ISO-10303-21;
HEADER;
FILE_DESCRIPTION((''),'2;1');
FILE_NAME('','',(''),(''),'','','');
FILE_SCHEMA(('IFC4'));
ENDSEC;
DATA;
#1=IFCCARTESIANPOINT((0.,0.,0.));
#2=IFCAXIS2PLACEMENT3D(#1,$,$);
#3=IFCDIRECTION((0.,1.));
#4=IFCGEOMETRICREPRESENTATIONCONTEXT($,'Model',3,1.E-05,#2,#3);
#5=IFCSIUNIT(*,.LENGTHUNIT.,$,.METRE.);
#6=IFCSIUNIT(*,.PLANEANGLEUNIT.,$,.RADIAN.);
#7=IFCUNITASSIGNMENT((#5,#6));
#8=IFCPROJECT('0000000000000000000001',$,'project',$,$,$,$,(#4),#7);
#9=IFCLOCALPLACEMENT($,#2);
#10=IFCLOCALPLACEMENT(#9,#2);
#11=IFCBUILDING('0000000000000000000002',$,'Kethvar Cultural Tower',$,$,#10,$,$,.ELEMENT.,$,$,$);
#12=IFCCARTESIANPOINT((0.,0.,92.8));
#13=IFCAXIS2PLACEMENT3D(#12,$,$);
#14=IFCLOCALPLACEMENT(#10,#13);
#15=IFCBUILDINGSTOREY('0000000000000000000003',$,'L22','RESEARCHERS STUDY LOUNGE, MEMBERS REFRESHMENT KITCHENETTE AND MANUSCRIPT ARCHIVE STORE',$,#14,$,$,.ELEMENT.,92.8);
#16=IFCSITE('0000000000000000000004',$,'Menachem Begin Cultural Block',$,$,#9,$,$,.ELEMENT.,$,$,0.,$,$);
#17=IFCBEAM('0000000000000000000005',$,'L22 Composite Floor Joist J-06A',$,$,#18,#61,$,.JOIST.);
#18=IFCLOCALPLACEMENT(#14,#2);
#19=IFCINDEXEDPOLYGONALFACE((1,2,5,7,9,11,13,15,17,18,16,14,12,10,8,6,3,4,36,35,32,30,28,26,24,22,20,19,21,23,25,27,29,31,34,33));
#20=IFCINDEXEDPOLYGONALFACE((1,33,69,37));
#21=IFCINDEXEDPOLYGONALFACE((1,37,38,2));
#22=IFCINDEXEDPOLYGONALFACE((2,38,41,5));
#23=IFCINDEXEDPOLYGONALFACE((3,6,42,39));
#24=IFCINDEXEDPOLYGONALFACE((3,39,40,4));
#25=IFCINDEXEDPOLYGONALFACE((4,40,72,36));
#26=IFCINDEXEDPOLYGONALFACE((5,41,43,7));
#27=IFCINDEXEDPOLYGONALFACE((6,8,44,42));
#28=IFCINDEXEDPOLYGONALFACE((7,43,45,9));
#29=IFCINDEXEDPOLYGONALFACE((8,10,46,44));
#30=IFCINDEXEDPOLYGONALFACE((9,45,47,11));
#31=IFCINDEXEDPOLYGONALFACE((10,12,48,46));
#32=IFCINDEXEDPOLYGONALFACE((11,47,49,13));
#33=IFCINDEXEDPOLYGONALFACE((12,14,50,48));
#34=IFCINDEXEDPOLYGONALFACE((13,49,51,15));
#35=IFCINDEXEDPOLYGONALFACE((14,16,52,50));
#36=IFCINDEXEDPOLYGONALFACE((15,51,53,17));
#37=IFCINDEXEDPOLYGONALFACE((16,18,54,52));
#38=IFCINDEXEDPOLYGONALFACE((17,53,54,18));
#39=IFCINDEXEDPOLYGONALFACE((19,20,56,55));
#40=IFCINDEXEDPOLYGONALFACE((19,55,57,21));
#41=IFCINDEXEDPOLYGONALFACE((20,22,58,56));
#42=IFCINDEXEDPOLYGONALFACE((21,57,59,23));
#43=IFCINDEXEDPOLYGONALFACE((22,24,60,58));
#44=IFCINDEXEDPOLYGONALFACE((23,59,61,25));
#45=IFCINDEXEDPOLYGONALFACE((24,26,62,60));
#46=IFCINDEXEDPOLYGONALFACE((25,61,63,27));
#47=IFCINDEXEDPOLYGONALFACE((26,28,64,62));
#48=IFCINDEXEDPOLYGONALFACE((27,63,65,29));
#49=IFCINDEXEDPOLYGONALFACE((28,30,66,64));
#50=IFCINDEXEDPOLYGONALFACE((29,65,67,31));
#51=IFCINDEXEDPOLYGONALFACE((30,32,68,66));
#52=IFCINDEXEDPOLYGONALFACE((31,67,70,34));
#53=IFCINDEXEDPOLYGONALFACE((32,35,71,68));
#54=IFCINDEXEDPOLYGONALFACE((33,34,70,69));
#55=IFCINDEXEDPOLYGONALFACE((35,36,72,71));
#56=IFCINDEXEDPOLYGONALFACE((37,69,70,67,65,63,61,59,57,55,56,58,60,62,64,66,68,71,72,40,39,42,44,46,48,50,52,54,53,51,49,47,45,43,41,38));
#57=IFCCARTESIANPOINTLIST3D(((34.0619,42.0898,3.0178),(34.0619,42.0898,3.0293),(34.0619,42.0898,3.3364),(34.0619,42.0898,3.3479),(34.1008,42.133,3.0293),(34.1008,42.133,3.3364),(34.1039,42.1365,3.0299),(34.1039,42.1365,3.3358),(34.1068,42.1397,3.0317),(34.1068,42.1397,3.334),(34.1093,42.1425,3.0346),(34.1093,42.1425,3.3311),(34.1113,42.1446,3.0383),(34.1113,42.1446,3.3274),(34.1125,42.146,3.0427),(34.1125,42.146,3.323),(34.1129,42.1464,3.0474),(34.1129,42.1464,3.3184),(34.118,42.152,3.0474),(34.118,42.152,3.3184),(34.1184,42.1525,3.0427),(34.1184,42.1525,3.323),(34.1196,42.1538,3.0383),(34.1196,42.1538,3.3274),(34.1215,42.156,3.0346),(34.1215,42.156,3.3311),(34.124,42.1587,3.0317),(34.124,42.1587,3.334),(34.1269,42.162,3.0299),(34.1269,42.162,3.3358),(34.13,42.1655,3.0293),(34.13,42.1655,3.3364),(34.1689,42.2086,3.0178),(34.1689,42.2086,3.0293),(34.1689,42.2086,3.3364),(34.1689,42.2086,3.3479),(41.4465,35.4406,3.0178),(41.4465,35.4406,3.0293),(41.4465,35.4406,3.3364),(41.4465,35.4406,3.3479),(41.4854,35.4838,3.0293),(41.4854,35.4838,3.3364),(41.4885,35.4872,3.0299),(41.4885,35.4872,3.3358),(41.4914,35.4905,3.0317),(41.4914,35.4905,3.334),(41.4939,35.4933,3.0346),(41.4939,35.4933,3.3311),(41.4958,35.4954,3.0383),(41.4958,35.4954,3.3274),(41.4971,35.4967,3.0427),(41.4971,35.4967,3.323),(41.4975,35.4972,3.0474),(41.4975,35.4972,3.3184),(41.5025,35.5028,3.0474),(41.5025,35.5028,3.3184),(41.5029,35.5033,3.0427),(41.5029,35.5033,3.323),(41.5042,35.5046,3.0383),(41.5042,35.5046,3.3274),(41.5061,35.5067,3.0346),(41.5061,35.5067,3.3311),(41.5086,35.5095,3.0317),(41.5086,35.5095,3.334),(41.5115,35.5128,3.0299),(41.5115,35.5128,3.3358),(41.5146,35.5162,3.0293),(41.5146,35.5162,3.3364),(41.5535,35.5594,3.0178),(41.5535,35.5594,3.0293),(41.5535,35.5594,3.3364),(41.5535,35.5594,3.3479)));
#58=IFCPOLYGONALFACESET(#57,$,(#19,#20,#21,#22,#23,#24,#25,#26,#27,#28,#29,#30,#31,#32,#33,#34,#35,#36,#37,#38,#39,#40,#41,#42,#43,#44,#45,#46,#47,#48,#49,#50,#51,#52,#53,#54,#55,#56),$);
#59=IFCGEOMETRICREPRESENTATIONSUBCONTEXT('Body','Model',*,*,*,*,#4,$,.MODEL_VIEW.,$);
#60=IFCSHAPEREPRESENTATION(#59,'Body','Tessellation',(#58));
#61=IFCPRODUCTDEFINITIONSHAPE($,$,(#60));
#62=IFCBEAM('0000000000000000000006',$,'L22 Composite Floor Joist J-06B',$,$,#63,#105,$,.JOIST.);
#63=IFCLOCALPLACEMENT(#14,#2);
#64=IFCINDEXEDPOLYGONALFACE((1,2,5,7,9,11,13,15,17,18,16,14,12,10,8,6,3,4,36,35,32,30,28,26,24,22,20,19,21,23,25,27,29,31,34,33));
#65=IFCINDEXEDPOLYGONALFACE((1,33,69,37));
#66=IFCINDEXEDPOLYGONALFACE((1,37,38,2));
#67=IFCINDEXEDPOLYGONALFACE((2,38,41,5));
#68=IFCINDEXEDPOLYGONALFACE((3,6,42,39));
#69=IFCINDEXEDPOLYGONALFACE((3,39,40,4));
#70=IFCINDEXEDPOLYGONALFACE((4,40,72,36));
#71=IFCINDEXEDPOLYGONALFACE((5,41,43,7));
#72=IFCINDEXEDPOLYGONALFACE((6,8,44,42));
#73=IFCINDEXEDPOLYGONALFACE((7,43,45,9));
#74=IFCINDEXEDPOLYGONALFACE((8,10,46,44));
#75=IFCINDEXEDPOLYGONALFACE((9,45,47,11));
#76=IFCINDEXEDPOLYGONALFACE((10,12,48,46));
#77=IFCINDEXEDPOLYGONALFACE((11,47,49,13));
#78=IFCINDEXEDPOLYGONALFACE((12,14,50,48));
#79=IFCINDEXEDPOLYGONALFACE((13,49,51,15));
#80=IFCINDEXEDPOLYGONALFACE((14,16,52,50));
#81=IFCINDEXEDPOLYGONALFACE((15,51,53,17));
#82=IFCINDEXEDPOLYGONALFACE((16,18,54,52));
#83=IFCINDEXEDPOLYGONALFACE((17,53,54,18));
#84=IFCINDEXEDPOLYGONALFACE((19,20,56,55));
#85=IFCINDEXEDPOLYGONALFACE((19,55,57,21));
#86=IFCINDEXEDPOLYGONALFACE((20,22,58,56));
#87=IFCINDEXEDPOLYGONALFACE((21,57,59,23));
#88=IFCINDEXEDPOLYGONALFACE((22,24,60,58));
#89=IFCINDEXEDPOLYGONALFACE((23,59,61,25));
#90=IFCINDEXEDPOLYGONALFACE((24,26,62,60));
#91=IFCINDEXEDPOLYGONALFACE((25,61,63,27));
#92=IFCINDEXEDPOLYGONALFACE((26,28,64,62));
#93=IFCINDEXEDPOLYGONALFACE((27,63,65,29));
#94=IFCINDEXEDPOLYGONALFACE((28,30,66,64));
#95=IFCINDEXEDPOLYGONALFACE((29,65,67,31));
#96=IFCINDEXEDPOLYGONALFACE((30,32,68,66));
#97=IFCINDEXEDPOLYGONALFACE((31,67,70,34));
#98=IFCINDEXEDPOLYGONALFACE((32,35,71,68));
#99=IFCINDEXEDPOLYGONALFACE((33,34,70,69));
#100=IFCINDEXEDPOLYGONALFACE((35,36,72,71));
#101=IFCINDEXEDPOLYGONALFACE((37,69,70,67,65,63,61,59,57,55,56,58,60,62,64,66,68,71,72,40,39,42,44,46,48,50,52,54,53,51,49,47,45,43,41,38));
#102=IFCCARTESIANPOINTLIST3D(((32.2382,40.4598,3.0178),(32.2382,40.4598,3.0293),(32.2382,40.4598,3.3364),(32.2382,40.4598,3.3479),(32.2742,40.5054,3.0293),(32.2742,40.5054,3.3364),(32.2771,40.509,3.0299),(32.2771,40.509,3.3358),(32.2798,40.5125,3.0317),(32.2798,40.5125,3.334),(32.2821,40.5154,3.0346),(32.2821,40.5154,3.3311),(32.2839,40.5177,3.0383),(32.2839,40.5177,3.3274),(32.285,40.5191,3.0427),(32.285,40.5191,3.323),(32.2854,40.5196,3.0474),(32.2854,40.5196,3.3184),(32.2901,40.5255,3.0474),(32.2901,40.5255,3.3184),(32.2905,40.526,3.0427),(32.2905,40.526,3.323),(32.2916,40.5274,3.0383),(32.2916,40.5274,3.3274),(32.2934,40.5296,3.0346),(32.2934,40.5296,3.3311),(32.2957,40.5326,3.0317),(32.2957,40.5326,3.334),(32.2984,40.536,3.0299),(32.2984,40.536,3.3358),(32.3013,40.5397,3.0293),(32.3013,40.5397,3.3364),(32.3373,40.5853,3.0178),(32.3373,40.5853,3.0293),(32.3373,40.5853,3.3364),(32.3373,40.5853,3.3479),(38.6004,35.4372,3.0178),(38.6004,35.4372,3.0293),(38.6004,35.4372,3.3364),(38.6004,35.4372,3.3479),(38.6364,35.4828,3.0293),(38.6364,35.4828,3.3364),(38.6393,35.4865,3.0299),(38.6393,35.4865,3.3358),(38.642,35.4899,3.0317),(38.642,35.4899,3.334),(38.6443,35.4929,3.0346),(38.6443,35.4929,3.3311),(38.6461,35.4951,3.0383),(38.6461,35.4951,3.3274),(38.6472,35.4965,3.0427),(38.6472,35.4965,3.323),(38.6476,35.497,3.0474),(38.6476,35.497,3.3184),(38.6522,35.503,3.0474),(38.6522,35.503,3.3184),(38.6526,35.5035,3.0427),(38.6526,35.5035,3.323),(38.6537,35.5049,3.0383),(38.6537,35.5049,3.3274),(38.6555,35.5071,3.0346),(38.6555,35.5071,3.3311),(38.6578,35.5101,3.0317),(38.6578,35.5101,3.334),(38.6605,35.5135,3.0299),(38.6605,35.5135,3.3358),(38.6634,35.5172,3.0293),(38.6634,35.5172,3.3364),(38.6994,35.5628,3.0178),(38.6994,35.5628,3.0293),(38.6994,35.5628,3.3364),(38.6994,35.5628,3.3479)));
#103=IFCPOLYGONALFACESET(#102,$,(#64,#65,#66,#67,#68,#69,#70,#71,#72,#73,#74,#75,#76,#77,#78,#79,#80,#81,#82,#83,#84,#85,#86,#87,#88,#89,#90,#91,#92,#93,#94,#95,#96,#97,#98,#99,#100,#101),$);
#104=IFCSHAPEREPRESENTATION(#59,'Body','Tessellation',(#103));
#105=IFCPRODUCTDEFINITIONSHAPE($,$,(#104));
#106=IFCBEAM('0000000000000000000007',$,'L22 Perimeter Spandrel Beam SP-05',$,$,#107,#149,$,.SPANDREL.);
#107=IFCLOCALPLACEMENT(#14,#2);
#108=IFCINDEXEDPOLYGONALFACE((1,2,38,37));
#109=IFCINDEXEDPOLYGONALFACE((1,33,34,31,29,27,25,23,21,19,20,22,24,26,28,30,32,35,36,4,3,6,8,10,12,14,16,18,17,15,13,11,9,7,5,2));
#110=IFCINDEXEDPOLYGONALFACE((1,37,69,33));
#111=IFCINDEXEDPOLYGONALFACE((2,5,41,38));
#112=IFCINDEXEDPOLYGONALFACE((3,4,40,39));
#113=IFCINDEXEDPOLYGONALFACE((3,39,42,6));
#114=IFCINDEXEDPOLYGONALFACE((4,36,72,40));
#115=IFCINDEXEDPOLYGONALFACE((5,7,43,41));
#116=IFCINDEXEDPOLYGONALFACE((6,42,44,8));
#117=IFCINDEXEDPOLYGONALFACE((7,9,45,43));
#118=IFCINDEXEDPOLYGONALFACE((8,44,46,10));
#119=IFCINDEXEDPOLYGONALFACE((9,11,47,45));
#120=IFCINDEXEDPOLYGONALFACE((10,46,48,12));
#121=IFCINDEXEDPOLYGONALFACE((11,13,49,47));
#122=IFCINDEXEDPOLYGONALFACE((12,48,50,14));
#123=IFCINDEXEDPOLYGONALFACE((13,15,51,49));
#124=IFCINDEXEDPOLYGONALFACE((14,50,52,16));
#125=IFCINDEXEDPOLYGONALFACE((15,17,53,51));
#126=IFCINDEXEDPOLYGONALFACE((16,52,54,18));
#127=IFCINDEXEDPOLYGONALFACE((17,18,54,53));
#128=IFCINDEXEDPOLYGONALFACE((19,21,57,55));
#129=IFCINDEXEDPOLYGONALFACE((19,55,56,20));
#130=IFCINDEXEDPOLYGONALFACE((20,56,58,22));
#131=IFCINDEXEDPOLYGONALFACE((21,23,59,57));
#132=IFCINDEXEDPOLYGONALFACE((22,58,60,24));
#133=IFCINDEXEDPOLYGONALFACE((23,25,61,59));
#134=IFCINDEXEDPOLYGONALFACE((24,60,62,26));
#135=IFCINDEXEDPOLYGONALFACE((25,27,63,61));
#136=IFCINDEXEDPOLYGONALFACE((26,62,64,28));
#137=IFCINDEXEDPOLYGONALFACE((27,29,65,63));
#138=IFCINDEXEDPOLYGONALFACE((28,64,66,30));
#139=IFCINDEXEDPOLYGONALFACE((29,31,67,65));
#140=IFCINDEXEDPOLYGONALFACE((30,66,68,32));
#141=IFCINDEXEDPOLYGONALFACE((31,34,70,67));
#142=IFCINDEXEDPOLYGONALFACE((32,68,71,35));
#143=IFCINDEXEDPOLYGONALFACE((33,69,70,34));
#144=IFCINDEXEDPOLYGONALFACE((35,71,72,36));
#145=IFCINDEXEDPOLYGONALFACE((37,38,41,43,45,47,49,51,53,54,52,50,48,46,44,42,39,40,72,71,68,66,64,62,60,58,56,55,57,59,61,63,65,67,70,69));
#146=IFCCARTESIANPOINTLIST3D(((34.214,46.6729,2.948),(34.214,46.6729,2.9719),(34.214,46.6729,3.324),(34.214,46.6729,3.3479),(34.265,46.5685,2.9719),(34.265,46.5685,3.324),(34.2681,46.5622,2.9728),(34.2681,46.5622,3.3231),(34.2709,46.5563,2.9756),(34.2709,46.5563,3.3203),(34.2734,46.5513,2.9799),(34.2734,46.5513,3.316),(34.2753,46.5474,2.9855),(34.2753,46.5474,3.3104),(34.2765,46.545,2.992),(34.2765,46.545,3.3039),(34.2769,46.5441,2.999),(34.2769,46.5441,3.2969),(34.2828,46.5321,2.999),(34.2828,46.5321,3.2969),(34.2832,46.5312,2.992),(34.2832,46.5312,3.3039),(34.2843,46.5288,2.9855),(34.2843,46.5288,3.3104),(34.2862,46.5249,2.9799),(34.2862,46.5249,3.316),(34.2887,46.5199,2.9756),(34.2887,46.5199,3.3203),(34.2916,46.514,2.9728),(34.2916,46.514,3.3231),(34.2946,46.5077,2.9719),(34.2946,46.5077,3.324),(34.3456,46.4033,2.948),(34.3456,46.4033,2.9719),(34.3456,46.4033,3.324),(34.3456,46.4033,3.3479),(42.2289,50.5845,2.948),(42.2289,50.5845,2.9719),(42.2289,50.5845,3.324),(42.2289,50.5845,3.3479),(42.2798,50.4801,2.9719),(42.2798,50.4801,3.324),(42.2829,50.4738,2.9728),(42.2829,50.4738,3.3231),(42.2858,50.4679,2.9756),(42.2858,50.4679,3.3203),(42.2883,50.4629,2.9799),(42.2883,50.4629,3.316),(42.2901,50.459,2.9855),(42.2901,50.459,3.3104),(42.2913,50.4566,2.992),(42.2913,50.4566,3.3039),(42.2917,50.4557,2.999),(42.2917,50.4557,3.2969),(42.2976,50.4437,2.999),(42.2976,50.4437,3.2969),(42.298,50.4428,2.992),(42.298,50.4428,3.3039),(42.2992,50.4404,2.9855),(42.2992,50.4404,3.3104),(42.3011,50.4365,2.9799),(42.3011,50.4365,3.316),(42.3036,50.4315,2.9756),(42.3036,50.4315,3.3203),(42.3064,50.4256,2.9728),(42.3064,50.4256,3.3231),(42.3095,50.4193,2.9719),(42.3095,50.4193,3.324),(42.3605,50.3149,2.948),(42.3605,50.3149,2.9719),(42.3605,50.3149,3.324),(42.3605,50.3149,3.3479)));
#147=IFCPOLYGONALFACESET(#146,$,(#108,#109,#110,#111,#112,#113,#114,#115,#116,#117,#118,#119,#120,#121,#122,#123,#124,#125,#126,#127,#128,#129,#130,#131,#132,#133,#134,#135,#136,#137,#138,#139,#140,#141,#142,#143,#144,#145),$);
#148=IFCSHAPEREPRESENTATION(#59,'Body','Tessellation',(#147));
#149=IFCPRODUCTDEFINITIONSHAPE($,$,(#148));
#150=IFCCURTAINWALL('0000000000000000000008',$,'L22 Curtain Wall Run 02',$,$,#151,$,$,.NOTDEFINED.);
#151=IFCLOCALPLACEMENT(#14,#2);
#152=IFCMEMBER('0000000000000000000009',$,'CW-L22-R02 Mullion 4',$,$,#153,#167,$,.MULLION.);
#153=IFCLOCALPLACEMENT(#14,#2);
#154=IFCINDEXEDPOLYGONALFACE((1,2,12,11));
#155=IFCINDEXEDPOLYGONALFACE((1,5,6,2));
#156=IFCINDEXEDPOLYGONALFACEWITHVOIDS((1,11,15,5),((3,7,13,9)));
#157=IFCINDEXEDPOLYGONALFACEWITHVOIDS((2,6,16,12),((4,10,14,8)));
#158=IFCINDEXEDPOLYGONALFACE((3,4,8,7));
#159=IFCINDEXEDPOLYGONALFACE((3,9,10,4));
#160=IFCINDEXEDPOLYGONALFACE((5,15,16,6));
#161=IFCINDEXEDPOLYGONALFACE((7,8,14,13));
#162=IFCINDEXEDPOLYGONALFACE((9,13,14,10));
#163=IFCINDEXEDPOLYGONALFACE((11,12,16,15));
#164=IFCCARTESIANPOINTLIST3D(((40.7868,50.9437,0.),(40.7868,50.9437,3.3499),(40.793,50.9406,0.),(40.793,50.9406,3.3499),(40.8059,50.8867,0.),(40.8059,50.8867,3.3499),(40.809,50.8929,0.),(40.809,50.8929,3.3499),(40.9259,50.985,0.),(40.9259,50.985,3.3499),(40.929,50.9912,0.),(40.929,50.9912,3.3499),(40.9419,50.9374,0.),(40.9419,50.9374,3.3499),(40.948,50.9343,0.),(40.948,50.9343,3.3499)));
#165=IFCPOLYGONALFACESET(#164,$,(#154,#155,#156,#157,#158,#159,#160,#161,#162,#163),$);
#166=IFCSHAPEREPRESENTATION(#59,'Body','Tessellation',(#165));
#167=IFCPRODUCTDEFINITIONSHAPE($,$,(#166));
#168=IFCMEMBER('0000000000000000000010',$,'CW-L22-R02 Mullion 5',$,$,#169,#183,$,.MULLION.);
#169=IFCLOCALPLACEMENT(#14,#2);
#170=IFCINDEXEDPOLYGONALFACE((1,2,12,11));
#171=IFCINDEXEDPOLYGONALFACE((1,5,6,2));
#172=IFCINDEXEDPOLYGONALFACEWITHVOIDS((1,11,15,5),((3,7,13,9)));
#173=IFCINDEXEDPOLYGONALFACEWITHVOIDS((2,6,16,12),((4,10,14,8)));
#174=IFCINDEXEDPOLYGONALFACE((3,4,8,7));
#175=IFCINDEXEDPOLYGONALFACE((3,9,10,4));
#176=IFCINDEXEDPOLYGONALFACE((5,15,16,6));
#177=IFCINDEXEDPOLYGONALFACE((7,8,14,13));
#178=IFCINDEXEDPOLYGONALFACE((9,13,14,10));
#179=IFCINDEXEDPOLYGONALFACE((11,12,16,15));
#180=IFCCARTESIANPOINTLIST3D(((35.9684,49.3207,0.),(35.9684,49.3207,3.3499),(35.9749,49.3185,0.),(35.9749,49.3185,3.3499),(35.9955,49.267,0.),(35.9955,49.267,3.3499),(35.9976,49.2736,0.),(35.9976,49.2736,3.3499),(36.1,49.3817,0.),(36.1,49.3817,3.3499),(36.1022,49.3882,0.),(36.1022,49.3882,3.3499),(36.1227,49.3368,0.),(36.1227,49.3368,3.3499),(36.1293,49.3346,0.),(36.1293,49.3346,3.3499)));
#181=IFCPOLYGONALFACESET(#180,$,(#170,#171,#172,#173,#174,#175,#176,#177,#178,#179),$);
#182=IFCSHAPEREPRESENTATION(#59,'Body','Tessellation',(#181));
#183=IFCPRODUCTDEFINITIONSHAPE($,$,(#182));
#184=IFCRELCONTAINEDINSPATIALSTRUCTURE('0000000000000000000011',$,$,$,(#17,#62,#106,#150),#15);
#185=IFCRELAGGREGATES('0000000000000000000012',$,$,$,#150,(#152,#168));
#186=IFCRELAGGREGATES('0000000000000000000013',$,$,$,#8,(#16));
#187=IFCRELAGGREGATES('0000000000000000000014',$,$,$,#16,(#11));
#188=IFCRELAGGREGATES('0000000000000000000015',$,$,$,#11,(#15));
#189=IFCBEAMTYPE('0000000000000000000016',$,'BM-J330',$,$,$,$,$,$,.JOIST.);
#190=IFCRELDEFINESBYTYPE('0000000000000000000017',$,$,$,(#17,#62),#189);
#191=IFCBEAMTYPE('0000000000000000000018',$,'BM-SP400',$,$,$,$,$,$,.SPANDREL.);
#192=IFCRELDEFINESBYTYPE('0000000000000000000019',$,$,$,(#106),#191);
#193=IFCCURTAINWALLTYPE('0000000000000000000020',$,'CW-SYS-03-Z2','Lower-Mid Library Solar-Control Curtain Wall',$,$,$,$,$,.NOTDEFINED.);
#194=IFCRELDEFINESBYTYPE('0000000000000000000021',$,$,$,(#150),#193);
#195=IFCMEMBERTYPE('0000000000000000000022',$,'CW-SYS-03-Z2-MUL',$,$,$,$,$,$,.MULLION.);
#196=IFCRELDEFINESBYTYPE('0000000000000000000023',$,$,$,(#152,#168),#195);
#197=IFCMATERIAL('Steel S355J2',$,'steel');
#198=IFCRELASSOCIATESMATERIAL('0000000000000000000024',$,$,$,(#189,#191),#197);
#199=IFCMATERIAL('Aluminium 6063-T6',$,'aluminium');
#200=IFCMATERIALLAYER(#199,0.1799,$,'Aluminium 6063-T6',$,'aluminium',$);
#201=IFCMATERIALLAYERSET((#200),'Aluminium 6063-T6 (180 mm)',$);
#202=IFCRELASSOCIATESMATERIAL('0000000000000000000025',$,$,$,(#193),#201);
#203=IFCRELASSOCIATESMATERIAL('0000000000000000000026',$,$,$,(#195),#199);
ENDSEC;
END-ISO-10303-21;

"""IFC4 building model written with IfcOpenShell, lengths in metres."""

from ifc_helpers import new_model, si_unit, direction, frame, origin, origin_2d, place, context, subcontext, project, spatial, hollow_rectangle, i_section, extrude, source, transform, mapped, material, layer, layer_set, material_profile, profile_set, type_object, element, aggregate, save


model = new_model("IFC4")

# Units and contexts
model_context = context("Model", 3, precision=1e-05, world=origin(), true_north=direction((0.0, 1.0)))
body_context = subcontext(model_context, "Body", "Model", "MODEL_VIEW")
ifc_project = project(units=[si_unit("LENGTHUNIT", "METRE"), si_unit("PLANEANGLEUNIT", "RADIAN")], contexts=[model_context])

# Site, building, storey
site_placement = place(None, origin())
site = spatial("IfcSite", under=ifc_project, at=site_placement, Name="Menachem Begin Cultural Block", CompositionType="ELEMENT", RefElevation=0.0)
building_placement = place(site_placement, origin())
building = spatial("IfcBuilding", under=site, at=building_placement, Name="Kethvar Cultural Tower", CompositionType="ELEMENT")
storey_placement = place(building_placement, frame((0.0, 0.0, 92.8)))
storey = spatial("IfcBuildingStorey", under=building, at=storey_placement, Name="L22", Description="RESEARCHERS STUDY LOUNGE, MEMBERS REFRESHMENT KITCHENETTE AND MANUSCRIPT ARCHIVE STORE", CompositionType="ELEMENT", Elevation=92.8)

# Beams
ifc_material_1 = material(Name="Steel S355J2", Category="steel")
ifc_material_profile_1 = material_profile(ifc_material_1, i_section(OverallWidth=0.1599, OverallDepth=0.3301, WebThickness=0.0076, FlangeThickness=0.0115, FilletRadius=0.0181, at=origin_2d()), Name="Steel S355J2 — IPE330")
ifc_profile_set_1 = profile_set([ifc_material_profile_1], Name="Steel S355J2 — IPE330")
beam_type_1 = type_object("IfcBeamType", Name="BM-J330", PredefinedType="JOIST", material=ifc_profile_set_1)
shared_shape_1 = source(origin(), body_context, "Body", "SweptSolid", [
    extrude(i_section(OverallWidth=0.1599, OverallDepth=0.3301, WebThickness=0.0076, FlangeThickness=0.0115, FilletRadius=0.0181, at=origin_2d()), origin(), (0.0, 0.0, 1.0), 9.937),
])
beam_1_placement = place(storey_placement, frame((41.5, 35.5, 3.1829), z_axis=(-0.743139, 0.669137, 0.0), x_axis=(-0.669137, -0.743139, 0.0)))
element("IfcBeam", 1, at=beam_1_placement, inside=storey, type_object=beam_type_1, Name="L22 Composite Floor Joist J-06A", PredefinedType="JOIST", context=body_context, shape_type="MappedRepresentation", body=[
    mapped(shared_shape_1, transform((0.0, 0.0, 0.0), scale=1.0)),
])
shared_shape_2 = source(origin(), body_context, "Body", "SweptSolid", [
    extrude(i_section(OverallWidth=0.1599, OverallDepth=0.3301, WebThickness=0.0076, FlangeThickness=0.0115, FilletRadius=0.0181, at=origin_2d()), origin(), (0.0, 0.0, 1.0), 8.1057),
])
beam_2_placement = place(storey_placement, frame((38.6499, 35.5, 3.1829), z_axis=(-0.784896, 0.619628, 0.0), x_axis=(-0.619628, -0.784896, 0.0)))
element("IfcBeam", 2, at=beam_2_placement, inside=storey, type_object=beam_type_1, Name="L22 Composite Floor Joist J-06B", PredefinedType="JOIST", context=body_context, shape_type="MappedRepresentation", body=[
    mapped(shared_shape_2, transform((0.0, 0.0, 0.0), scale=1.0)),
])
ifc_material_profile_2 = material_profile(ifc_material_1, i_section(OverallWidth=0.3, OverallDepth=0.3999, WebThickness=0.0134, FlangeThickness=0.0239, FilletRadius=0.0271, at=origin_2d()), Name="Steel S355J2 — HEB400")
ifc_profile_set_2 = profile_set([ifc_material_profile_2], Name="Steel S355J2 — HEB400")
beam_type_2 = type_object("IfcBeamType", Name="BM-SP400", PredefinedType="SPANDREL", material=ifc_profile_set_2)
shared_shape_3 = source(origin(), body_context, "Body", "SweptSolid", [
    extrude(i_section(OverallWidth=0.3, OverallDepth=0.3999, WebThickness=0.0134, FlangeThickness=0.0239, FilletRadius=0.0271, at=origin_2d()), origin(), (0.0, 0.0, 1.0), 8.9185),
])
beam_3_placement = place(storey_placement, frame((42.2947, 50.4497, 3.1479), z_axis=(-0.898684, -0.438597, 0.0), x_axis=(0.438597, -0.898684, 0.0)))
element("IfcBeam", 3, at=beam_3_placement, inside=storey, type_object=beam_type_2, Name="L22 Perimeter Spandrel Beam SP-05", PredefinedType="SPANDREL", context=body_context, shape_type="MappedRepresentation", body=[
    mapped(shared_shape_3, transform((0.0, 0.0, 0.0), scale=1.0)),
])

# Curtain wall, members
ifc_material_2 = material(Name="Aluminium 6063-T6", Category="aluminium")
ifc_layer_1 = layer(ifc_material_2, 0.1799, Name="Aluminium 6063-T6", Category="aluminium")
ifc_layer_set_1 = layer_set([ifc_layer_1], Name="Aluminium 6063-T6 (180 mm)")
curtain_wall_type = type_object("IfcCurtainWallType", Name="CW-SYS-03-Z2", Description="Lower-Mid Library Solar-Control Curtain Wall", PredefinedType="NOTDEFINED", material=ifc_layer_set_1)
curtain_wall_placement = place(storey_placement, origin())
curtain_wall = element("IfcCurtainWall", 4, at=curtain_wall_placement, inside=storey, type_object=curtain_wall_type, Name="L22 Curtain Wall Run 02", PredefinedType="NOTDEFINED")
ifc_material_profile_3 = material_profile(ifc_material_2, hollow_rectangle(XDim=0.0601, YDim=0.1499, WallThickness=0.0049, at=origin_2d()), Name="Aluminium 6063-T6 — RHS150x60x5")
ifc_profile_set_3 = profile_set([ifc_material_profile_3], Name="Aluminium 6063-T6 — RHS150x60x5")
member_type_1 = type_object("IfcMemberType", Name="CW-SYS-03-Z2-MUL", PredefinedType="MULLION", material=ifc_profile_set_3)
shared_shape_4 = source(origin(), body_context, "Body", "SweptSolid", [
    extrude(hollow_rectangle(XDim=0.0601, YDim=0.1499, WallThickness=0.0049, at=origin_2d()), origin(), (0.0, 0.0, 1.0), 3.3499),
])
member_1_placement = place(storey_placement, frame((40.8674, 50.939, 0.0), z_axis=(0.0, 0.0, 1.0), x_axis=(0.317338, -0.948313, 0.0)))
member_1 = element("IfcMember", 5, at=member_1_placement, type_object=member_type_1, Name="CW-L22-R02 Mullion 4", PredefinedType="MULLION", context=body_context, shape_type="MappedRepresentation", body=[
    mapped(shared_shape_4, transform((0.0, 0.0, 0.0), scale=1.0)),
])
member_2_placement = place(storey_placement, frame((36.0488, 49.3276, 0.0), z_axis=(0.0, 0.0, 1.0), x_axis=(0.450706, -0.892672, 0.0)))
member_2 = element("IfcMember", 6, at=member_2_placement, type_object=member_type_1, Name="CW-L22-R02 Mullion 5", PredefinedType="MULLION", context=body_context, shape_type="MappedRepresentation", body=[
    mapped(shared_shape_4, transform((0.0, 0.0, 0.0), scale=1.0)),
])
aggregate(curtain_wall, [member_1, member_2])

save(model, "model.ifc")
